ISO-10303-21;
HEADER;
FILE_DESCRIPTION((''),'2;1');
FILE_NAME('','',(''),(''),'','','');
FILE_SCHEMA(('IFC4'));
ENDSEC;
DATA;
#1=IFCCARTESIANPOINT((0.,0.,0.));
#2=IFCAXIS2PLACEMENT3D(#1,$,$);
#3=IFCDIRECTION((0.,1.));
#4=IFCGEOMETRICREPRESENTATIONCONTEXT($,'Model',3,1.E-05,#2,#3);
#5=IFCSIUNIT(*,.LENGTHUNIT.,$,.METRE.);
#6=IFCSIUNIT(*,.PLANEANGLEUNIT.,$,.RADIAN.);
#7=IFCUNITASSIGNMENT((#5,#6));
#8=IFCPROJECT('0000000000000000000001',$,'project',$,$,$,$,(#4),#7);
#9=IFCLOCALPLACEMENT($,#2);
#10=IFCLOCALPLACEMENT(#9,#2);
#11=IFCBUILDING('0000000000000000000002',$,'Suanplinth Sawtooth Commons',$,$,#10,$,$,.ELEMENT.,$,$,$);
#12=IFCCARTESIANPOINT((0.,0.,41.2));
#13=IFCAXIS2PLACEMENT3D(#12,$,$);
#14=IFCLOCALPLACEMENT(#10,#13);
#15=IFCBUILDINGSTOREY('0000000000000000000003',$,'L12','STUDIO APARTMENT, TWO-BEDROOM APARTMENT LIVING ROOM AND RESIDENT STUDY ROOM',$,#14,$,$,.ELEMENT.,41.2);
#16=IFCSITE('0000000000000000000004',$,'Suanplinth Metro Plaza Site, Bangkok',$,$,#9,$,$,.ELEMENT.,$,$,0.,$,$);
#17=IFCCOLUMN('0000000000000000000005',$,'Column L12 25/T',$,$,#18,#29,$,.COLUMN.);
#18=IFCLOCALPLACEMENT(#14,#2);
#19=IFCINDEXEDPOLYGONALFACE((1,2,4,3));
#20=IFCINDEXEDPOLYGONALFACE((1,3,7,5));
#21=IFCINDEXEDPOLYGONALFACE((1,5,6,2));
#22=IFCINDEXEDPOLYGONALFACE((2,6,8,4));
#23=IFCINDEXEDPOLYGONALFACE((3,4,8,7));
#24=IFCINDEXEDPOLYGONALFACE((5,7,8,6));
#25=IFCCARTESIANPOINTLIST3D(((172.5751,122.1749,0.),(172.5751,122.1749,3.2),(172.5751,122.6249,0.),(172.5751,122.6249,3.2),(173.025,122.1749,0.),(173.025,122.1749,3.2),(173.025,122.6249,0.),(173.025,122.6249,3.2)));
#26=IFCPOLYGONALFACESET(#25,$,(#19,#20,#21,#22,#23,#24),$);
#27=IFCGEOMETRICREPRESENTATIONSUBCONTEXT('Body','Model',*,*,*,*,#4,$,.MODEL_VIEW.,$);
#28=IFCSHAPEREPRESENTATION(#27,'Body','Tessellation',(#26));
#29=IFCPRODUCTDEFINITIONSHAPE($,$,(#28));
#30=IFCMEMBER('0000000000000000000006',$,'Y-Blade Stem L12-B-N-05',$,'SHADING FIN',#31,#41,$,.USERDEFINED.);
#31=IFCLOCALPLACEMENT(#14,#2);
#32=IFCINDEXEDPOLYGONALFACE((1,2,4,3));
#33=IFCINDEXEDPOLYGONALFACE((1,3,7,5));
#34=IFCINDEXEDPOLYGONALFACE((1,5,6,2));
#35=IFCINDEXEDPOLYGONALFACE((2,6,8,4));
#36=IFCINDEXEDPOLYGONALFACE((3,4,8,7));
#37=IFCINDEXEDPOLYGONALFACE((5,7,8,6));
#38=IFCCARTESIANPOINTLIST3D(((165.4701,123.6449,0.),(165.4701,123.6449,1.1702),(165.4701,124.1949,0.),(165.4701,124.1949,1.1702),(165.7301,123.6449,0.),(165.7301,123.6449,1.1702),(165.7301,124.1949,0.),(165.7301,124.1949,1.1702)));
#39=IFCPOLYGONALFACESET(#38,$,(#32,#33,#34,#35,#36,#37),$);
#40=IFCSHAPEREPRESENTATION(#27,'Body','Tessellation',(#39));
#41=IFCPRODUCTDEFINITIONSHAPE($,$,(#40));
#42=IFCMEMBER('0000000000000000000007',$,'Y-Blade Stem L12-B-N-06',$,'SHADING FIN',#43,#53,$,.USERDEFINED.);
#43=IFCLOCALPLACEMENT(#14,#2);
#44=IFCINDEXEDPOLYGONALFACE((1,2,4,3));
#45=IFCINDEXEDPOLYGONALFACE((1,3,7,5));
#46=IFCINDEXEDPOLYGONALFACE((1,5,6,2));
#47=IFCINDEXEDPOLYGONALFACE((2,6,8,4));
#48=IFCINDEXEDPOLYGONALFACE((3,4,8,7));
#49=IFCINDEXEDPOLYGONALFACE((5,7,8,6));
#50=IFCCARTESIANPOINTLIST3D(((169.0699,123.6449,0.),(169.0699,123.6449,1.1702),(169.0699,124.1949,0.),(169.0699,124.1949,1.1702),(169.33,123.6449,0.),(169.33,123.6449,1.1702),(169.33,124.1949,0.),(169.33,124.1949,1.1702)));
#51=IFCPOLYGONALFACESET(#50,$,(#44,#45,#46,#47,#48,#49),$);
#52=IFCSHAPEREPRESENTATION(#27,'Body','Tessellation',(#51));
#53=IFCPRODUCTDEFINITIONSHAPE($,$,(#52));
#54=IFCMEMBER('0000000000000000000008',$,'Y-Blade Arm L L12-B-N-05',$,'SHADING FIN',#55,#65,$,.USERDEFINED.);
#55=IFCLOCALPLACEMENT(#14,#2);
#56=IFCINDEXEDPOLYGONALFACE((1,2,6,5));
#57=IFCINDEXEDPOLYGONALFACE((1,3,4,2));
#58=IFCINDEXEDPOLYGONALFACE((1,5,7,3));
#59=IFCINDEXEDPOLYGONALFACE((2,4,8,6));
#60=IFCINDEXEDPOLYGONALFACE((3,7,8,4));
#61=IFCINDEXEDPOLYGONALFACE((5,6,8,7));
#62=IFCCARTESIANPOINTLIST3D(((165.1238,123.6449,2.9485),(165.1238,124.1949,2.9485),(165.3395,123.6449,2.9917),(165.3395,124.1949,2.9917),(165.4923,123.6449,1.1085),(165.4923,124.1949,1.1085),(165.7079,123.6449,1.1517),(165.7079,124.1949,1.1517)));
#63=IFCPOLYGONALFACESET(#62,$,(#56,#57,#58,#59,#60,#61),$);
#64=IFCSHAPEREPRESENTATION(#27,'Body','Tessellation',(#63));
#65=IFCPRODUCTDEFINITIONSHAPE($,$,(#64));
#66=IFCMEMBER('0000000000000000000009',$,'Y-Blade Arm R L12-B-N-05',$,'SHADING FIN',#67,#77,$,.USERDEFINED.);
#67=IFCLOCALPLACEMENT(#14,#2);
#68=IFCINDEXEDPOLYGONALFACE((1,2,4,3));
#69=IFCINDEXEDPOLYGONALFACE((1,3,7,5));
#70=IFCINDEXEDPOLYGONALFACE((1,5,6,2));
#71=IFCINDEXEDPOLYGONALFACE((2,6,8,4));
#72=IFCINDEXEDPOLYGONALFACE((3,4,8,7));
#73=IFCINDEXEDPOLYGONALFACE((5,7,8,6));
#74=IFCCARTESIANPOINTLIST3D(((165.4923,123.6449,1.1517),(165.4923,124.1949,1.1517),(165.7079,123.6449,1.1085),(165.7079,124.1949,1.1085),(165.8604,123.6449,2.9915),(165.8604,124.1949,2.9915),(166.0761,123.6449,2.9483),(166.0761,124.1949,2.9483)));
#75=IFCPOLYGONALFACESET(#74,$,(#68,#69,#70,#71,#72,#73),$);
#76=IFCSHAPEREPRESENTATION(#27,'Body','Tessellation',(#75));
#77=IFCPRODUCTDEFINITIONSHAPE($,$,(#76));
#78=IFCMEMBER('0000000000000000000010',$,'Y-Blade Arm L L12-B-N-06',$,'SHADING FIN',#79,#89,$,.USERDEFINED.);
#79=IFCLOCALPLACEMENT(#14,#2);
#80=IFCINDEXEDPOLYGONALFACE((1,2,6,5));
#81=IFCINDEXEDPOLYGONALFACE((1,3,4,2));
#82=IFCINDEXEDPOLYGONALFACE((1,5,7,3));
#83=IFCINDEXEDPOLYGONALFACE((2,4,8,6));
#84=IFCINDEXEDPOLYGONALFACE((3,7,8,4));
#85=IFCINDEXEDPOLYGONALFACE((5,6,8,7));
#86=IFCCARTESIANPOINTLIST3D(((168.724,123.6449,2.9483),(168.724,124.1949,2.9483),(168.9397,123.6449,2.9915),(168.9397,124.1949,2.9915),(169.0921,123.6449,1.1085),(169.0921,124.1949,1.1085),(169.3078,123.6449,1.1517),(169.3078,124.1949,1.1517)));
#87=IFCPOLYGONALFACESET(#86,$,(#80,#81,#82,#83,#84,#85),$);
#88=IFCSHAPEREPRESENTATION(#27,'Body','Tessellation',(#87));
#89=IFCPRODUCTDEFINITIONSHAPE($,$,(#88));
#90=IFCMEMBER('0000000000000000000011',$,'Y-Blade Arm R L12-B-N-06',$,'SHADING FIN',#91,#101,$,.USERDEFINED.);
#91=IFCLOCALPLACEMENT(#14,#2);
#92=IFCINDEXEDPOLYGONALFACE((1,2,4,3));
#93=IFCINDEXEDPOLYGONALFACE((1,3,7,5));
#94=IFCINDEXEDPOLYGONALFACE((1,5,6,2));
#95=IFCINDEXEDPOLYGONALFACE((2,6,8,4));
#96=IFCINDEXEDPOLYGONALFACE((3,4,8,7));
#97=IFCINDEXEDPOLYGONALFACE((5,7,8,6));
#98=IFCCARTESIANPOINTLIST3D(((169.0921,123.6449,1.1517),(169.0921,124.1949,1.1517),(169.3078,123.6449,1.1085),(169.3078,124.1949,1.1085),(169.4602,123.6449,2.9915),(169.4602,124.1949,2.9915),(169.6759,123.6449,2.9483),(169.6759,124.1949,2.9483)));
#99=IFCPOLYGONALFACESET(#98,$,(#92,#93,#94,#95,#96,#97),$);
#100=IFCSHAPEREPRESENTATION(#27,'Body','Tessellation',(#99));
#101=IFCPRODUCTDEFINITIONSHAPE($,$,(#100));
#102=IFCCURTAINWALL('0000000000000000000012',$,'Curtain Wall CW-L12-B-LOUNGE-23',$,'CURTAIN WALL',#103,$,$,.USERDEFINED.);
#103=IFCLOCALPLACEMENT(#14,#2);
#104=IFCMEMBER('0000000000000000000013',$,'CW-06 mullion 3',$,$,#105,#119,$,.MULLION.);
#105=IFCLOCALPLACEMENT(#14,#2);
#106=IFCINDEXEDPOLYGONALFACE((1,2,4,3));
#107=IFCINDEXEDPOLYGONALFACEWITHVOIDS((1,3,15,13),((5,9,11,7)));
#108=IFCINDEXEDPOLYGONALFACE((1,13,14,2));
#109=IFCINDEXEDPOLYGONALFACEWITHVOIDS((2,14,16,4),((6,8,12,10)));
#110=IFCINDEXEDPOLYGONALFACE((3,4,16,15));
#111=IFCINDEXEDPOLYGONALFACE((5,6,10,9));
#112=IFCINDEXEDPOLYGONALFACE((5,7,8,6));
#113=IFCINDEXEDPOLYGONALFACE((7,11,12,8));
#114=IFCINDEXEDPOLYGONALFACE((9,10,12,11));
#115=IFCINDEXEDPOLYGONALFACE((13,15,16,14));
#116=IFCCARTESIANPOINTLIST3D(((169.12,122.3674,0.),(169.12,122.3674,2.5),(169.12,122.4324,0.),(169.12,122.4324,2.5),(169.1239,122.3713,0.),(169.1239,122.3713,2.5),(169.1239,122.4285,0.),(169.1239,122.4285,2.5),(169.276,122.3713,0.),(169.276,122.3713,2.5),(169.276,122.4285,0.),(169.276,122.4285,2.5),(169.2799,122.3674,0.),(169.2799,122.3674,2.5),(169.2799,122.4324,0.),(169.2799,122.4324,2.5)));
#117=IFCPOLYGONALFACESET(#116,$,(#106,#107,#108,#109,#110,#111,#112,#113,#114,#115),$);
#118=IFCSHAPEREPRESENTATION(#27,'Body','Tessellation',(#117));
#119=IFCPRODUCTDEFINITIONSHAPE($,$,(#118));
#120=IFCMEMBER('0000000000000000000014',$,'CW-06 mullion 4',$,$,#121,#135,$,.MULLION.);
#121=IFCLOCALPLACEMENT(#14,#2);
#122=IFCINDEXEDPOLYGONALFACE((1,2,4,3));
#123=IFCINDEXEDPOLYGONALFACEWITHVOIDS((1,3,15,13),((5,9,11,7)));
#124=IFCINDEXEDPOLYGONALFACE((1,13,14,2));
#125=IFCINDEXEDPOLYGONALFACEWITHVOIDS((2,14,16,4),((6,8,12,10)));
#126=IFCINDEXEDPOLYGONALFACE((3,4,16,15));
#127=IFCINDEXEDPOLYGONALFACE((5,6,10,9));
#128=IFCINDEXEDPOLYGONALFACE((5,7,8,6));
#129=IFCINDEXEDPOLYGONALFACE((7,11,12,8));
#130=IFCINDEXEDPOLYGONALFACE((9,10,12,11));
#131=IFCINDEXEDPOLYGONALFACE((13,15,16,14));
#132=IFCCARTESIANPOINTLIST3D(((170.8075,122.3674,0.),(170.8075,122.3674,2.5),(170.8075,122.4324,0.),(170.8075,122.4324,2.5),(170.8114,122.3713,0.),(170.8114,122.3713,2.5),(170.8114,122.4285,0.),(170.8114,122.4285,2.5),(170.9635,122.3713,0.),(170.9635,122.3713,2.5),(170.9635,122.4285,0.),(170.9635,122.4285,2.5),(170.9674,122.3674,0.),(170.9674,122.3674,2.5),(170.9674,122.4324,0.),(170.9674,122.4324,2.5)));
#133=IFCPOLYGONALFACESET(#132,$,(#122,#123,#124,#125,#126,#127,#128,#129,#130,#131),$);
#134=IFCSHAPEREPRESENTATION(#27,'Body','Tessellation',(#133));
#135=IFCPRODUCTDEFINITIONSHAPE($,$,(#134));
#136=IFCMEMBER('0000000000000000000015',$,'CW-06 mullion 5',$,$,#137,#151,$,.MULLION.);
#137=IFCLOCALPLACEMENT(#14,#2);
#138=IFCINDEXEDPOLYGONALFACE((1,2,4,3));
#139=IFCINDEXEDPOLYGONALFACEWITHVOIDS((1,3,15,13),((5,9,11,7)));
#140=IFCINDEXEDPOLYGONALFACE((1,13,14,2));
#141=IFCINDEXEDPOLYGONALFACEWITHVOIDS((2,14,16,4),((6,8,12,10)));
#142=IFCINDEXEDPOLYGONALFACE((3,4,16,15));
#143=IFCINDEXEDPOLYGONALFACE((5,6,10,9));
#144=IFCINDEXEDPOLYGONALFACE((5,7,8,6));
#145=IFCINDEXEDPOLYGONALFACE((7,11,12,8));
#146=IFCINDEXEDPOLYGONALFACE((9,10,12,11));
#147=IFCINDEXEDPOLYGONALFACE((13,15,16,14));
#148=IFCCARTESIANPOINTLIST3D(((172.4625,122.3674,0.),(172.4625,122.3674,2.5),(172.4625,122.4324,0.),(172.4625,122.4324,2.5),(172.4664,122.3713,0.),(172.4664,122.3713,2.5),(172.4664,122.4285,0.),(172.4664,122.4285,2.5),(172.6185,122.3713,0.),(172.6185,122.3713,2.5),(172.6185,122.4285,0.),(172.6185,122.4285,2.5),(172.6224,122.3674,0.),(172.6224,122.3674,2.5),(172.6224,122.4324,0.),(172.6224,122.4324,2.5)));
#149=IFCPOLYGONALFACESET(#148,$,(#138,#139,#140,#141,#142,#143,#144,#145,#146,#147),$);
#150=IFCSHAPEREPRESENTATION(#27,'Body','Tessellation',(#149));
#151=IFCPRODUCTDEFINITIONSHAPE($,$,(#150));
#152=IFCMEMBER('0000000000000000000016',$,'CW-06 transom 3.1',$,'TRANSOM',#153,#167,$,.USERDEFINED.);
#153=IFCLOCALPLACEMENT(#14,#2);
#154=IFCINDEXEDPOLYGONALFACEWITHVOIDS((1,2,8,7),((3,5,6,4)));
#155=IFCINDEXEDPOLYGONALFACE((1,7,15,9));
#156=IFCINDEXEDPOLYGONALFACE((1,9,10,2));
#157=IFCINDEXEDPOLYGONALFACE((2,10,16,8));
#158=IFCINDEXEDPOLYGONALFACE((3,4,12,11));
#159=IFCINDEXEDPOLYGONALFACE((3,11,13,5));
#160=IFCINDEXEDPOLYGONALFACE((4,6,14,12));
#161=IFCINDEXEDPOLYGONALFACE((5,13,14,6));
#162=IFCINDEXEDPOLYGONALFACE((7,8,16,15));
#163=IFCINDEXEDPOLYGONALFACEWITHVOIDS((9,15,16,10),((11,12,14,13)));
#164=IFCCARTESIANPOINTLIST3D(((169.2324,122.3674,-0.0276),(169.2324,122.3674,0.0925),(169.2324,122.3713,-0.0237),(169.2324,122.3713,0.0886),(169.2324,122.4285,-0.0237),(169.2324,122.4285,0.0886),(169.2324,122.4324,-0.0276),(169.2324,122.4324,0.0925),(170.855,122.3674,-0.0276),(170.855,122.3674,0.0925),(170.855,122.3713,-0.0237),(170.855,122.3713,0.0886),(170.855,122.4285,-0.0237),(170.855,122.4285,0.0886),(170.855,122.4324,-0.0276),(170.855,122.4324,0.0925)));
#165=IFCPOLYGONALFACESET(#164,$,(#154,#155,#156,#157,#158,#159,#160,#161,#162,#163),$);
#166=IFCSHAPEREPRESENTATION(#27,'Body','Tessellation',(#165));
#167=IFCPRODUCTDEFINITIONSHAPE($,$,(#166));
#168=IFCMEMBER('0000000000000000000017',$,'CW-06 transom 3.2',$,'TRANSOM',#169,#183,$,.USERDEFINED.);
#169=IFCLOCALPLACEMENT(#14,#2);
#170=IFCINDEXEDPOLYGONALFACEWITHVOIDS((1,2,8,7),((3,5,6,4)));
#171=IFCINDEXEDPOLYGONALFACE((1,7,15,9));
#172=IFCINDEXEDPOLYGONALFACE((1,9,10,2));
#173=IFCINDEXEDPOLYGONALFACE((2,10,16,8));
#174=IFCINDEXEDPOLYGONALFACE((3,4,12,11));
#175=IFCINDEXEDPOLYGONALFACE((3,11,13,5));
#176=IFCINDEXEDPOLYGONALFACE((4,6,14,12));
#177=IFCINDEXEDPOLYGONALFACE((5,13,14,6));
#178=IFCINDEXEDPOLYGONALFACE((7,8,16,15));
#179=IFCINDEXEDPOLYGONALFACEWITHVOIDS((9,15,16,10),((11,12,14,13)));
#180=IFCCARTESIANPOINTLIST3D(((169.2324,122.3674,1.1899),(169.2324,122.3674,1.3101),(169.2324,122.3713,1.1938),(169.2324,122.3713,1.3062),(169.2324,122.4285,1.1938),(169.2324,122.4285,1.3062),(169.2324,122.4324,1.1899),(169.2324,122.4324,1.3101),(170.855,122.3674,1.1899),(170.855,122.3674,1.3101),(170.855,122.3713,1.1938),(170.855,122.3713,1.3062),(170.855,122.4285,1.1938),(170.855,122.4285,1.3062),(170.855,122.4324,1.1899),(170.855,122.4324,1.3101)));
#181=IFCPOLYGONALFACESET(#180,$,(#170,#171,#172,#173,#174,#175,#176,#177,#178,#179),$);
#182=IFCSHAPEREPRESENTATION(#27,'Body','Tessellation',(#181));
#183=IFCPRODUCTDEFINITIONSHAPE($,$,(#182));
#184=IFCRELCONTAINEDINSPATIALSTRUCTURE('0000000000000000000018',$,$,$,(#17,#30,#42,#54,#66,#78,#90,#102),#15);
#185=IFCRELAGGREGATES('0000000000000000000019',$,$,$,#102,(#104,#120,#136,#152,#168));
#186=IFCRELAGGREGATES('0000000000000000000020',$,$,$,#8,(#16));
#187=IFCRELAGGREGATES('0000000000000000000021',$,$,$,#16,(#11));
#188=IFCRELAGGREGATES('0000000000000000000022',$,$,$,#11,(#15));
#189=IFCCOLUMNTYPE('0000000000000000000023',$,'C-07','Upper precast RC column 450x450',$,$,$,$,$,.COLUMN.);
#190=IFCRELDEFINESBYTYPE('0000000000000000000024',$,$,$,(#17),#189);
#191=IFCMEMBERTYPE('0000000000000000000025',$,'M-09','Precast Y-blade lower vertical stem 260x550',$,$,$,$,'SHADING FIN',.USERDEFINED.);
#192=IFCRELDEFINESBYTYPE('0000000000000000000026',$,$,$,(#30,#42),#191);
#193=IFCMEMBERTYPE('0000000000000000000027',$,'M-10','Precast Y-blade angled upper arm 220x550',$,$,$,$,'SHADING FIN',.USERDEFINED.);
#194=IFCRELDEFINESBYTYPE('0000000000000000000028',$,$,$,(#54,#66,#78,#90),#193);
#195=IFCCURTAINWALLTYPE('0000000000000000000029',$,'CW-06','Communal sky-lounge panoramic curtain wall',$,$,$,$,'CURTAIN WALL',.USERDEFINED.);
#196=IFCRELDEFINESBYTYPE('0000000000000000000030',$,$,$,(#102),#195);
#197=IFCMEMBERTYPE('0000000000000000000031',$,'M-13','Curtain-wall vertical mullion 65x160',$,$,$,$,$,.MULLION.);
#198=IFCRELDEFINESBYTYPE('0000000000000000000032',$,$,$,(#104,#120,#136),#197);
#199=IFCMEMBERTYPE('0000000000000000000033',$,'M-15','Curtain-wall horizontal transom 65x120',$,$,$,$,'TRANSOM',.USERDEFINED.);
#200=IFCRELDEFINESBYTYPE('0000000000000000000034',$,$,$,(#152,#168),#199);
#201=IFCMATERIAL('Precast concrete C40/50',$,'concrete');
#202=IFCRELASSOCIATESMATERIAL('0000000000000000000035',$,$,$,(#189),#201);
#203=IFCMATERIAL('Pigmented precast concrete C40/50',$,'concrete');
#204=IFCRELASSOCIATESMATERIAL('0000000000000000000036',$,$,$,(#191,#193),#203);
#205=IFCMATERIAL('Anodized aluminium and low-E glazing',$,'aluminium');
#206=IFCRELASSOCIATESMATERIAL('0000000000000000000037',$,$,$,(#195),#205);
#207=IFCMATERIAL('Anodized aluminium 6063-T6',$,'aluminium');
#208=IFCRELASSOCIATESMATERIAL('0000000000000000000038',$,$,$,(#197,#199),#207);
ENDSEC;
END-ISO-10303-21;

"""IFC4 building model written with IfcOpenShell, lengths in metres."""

from ifc_helpers import new_model, si_unit, direction, frame, origin, origin_2d, place, context, subcontext, project, spatial, rectangle, hollow_rectangle, extrude, material, material_profile, profile_set, type_object, element, aggregate, save


model = new_model("IFC4")

# Units and contexts
model_context = context("Model", 3, precision=1e-05, world=origin(), true_north=direction((0.0, 1.0)))
body_context = subcontext(model_context, "Body", "Model", "MODEL_VIEW")
ifc_project = project(units=[si_unit("LENGTHUNIT", "METRE"), si_unit("PLANEANGLEUNIT", "RADIAN")], contexts=[model_context])

# Site, building, storey
site_placement = place(None, origin())
site = spatial("IfcSite", under=ifc_project, at=site_placement, Name="Suanplinth Metro Plaza Site, Bangkok", CompositionType="ELEMENT", RefElevation=0.0)
building_placement = place(site_placement, origin())
building = spatial("IfcBuilding", under=site, at=building_placement, Name="Suanplinth Sawtooth Commons", CompositionType="ELEMENT")
storey_placement = place(building_placement, frame((0.0, 0.0, 41.2)))
storey = spatial("IfcBuildingStorey", under=building, at=storey_placement, Name="L12", Description="STUDIO APARTMENT, TWO-BEDROOM APARTMENT LIVING ROOM AND RESIDENT STUDY ROOM", CompositionType="ELEMENT", Elevation=41.2)

# Column
ifc_material_1 = material(Name="Precast concrete C40/50", Category="concrete")
ifc_material_profile_1 = material_profile(ifc_material_1, rectangle(XDim=0.45, YDim=0.45, at=origin_2d()), Name="PC-COL 450x450")
ifc_profile_set_1 = profile_set([ifc_material_profile_1], Name="Precast concrete C40/50")
column_type = type_object("IfcColumnType", Name="C-07", Description="Upper precast RC column 450x450", PredefinedType="COLUMN", material=ifc_profile_set_1)
column_placement = place(storey_placement, frame((172.8, 122.3999, 0.0), z_axis=(0.0, 0.0, 1.0), x_axis=(1.0, 0.0, 0.0)))
element("IfcColumn", 1, at=column_placement, inside=storey, type_object=column_type, Name="Column L12 25/T", PredefinedType="COLUMN", context=body_context, shape_type="SweptSolid", body=[
    extrude(rectangle(XDim=0.45, YDim=0.45, at=origin_2d()), origin(), (0.0, 0.0, 1.0), 3.2),
])

# Members
ifc_material_2 = material(Name="Pigmented precast concrete C40/50", Category="concrete")
ifc_material_profile_2 = material_profile(ifc_material_2, rectangle(XDim=0.26, YDim=0.55, at=origin_2d()), Name="PC-FIN 260x550")
ifc_profile_set_2 = profile_set([ifc_material_profile_2], Name="Pigmented precast concrete C40/50")
member_type_1 = type_object("IfcMemberType", Name="M-09", Description="Precast Y-blade lower vertical stem 260x550", ElementType="SHADING FIN", PredefinedType="USERDEFINED", material=ifc_profile_set_2)
for number, where, z_axis, x_axis, name in (
    (2, (165.6001, 123.9199, 0.0), (0.0, 0.0, 1.0), (1.0, 0.0, 0.0), "Y-Blade Stem L12-B-N-05"),
    (3, (169.2, 123.9199, 0.0), (0.0, 0.0, 1.0), (1.0, 0.0, 0.0), "Y-Blade Stem L12-B-N-06"),
):
    element("IfcMember", number, at=place(storey_placement, frame(where, z_axis=z_axis, x_axis=x_axis)), inside=storey, type_object=member_type_1, Name=name, ObjectType="SHADING FIN", PredefinedType="USERDEFINED", context=body_context, shape_type="SweptSolid", body=[
        extrude(rectangle(XDim=0.26, YDim=0.55, at=origin_2d()), origin(), (0.0, 0.0, 1.0), 1.1702),
    ])
ifc_material_profile_3 = material_profile(ifc_material_2, rectangle(XDim=0.22, YDim=0.55, at=origin_2d()), Name="PC-FIN 220x550")
ifc_profile_set_3 = profile_set([ifc_material_profile_3], Name="Pigmented precast concrete C40/50")
member_type_2 = type_object("IfcMemberType", Name="M-10", Description="Precast Y-blade angled upper arm 220x550", ElementType="SHADING FIN", PredefinedType="USERDEFINED", material=ifc_profile_set_3)
member_1_placement = place(storey_placement, frame((165.6001, 123.9199, 1.1301), z_axis=(-0.196341, 0.0, 0.980536), x_axis=(0.980536, 0.0, 0.196341)))
element("IfcMember", 4, at=member_1_placement, inside=storey, type_object=member_type_2, Name="Y-Blade Arm L L12-B-N-05", ObjectType="SHADING FIN", PredefinedType="USERDEFINED", context=body_context, shape_type="SweptSolid", body=[
    extrude(rectangle(XDim=0.22, YDim=0.55, at=origin_2d()), origin(), (0.0, 0.0, 1.0), 1.8765),
])
for number, where, z_axis, x_axis, name in (
    (5, (165.6001, 123.9199, 1.1301), (0.196216, 0.0, 0.980561), (-0.980561, 0.0, 0.196216), "Y-Blade Arm R L12-B-N-05"),
    (6, (169.2, 123.9199, 1.1301), (-0.196216, 0.0, 0.980561), (0.980561, 0.0, 0.196216), "Y-Blade Arm L L12-B-N-06"),
    (7, (169.2, 123.9199, 1.1301), (0.196216, 0.0, 0.980561), (-0.980561, 0.0, 0.196216), "Y-Blade Arm R L12-B-N-06"),
):
    element("IfcMember", number, at=place(storey_placement, frame(where, z_axis=z_axis, x_axis=x_axis)), inside=storey, type_object=member_type_2, Name=name, ObjectType="SHADING FIN", PredefinedType="USERDEFINED", context=body_context, shape_type="SweptSolid", body=[
        extrude(rectangle(XDim=0.22, YDim=0.55, at=origin_2d()), origin(), (0.0, 0.0, 1.0), 1.8762),
    ])

# Curtain wall, members
ifc_material_3 = material(Name="Anodized aluminium and low-E glazing", Category="aluminium")
curtain_wall_type = type_object("IfcCurtainWallType", Name="CW-06", Description="Communal sky-lounge panoramic curtain wall", ElementType="CURTAIN WALL", PredefinedType="USERDEFINED", material=ifc_material_3)
curtain_wall_placement = place(storey_placement, origin())
curtain_wall = element("IfcCurtainWall", 8, at=curtain_wall_placement, inside=storey, type_object=curtain_wall_type, Name="Curtain Wall CW-L12-B-LOUNGE-23", ObjectType="CURTAIN WALL", PredefinedType="USERDEFINED")
ifc_material_4 = material(Name="Anodized aluminium 6063-T6", Category="aluminium")
ifc_material_profile_4 = material_profile(ifc_material_4, hollow_rectangle(XDim=0.0649, YDim=0.1599, WallThickness=0.0039, at=origin_2d()), Name="ALU-MUL 65x160")
ifc_profile_set_4 = profile_set([ifc_material_profile_4], Name="Anodized aluminium 6063-T6")
member_type_3 = type_object("IfcMemberType", Name="M-13", Description="Curtain-wall vertical mullion 65x160", PredefinedType="MULLION", material=ifc_profile_set_4)
member_2_placement = place(storey_placement, frame((169.2, 122.3999, 0.0), z_axis=(0.0, 0.0, 1.0), x_axis=(0.0, 1.0, 0.0)))
member_2 = element("IfcMember", 9, at=member_2_placement, type_object=member_type_3, Name="CW-06 mullion 3", PredefinedType="MULLION", context=body_context, shape_type="SweptSolid", body=[
    extrude(hollow_rectangle(XDim=0.0649, YDim=0.1599, WallThickness=0.0039, at=origin_2d()), origin(), (0.0, 0.0, 1.0), 2.5),
])
member_3_placement = place(storey_placement, frame((170.8875, 122.3999, 0.0), z_axis=(0.0, 0.0, 1.0), x_axis=(0.0, 1.0, 0.0)))
member_3 = element("IfcMember", 10, at=member_3_placement, type_object=member_type_3, Name="CW-06 mullion 4", PredefinedType="MULLION", context=body_context, shape_type="SweptSolid", body=[
    extrude(hollow_rectangle(XDim=0.0649, YDim=0.1599, WallThickness=0.0039, at=origin_2d()), origin(), (0.0, 0.0, 1.0), 2.5),
])
member_4_placement = place(storey_placement, frame((172.5425, 122.3999, 0.0), z_axis=(0.0, 0.0, 1.0), x_axis=(0.0, 1.0, 0.0)))
member_4 = element("IfcMember", 11, at=member_4_placement, type_object=member_type_3, Name="CW-06 mullion 5", PredefinedType="MULLION", context=body_context, shape_type="SweptSolid", body=[
    extrude(hollow_rectangle(XDim=0.0649, YDim=0.1599, WallThickness=0.0039, at=origin_2d()), origin(), (0.0, 0.0, 1.0), 2.5),
])
ifc_material_profile_5 = material_profile(ifc_material_4, hollow_rectangle(XDim=0.0649, YDim=0.1201, WallThickness=0.0039, at=origin_2d()), Name="ALU-TRN 65x120")
ifc_profile_set_5 = profile_set([ifc_material_profile_5], Name="Anodized aluminium 6063-T6")
member_type_4 = type_object("IfcMemberType", Name="M-15", Description="Curtain-wall horizontal transom 65x120", ElementType="TRANSOM", PredefinedType="USERDEFINED", material=ifc_profile_set_5)
member_5_placement = place(storey_placement, frame((169.2324, 122.3999, 0.0325), z_axis=(1.0, 0.0, 0.0), x_axis=(0.0, 1.0, 0.0)))
member_5 = element("IfcMember", 12, at=member_5_placement, type_object=member_type_4, Name="CW-06 transom 3.1", ObjectType="TRANSOM", PredefinedType="USERDEFINED", context=body_context, shape_type="SweptSolid", body=[
    extrude(hollow_rectangle(XDim=0.0649, YDim=0.1201, WallThickness=0.0039, at=origin_2d()), origin(), (0.0, 0.0, 1.0), 1.6226),
])
member_6_placement = place(storey_placement, frame((169.2324, 122.3999, 1.25), z_axis=(1.0, 0.0, 0.0), x_axis=(0.0, 1.0, 0.0)))
member_6 = element("IfcMember", 13, at=member_6_placement, type_object=member_type_4, Name="CW-06 transom 3.2", ObjectType="TRANSOM", PredefinedType="USERDEFINED", context=body_context, shape_type="SweptSolid", body=[
    extrude(hollow_rectangle(XDim=0.0649, YDim=0.1201, WallThickness=0.0039, at=origin_2d()), origin(), (0.0, 0.0, 1.0), 1.6226),
])

aggregate(curtain_wall, [member_2, member_3, member_4, member_5, member_6])

save(model, "model.ifc")
